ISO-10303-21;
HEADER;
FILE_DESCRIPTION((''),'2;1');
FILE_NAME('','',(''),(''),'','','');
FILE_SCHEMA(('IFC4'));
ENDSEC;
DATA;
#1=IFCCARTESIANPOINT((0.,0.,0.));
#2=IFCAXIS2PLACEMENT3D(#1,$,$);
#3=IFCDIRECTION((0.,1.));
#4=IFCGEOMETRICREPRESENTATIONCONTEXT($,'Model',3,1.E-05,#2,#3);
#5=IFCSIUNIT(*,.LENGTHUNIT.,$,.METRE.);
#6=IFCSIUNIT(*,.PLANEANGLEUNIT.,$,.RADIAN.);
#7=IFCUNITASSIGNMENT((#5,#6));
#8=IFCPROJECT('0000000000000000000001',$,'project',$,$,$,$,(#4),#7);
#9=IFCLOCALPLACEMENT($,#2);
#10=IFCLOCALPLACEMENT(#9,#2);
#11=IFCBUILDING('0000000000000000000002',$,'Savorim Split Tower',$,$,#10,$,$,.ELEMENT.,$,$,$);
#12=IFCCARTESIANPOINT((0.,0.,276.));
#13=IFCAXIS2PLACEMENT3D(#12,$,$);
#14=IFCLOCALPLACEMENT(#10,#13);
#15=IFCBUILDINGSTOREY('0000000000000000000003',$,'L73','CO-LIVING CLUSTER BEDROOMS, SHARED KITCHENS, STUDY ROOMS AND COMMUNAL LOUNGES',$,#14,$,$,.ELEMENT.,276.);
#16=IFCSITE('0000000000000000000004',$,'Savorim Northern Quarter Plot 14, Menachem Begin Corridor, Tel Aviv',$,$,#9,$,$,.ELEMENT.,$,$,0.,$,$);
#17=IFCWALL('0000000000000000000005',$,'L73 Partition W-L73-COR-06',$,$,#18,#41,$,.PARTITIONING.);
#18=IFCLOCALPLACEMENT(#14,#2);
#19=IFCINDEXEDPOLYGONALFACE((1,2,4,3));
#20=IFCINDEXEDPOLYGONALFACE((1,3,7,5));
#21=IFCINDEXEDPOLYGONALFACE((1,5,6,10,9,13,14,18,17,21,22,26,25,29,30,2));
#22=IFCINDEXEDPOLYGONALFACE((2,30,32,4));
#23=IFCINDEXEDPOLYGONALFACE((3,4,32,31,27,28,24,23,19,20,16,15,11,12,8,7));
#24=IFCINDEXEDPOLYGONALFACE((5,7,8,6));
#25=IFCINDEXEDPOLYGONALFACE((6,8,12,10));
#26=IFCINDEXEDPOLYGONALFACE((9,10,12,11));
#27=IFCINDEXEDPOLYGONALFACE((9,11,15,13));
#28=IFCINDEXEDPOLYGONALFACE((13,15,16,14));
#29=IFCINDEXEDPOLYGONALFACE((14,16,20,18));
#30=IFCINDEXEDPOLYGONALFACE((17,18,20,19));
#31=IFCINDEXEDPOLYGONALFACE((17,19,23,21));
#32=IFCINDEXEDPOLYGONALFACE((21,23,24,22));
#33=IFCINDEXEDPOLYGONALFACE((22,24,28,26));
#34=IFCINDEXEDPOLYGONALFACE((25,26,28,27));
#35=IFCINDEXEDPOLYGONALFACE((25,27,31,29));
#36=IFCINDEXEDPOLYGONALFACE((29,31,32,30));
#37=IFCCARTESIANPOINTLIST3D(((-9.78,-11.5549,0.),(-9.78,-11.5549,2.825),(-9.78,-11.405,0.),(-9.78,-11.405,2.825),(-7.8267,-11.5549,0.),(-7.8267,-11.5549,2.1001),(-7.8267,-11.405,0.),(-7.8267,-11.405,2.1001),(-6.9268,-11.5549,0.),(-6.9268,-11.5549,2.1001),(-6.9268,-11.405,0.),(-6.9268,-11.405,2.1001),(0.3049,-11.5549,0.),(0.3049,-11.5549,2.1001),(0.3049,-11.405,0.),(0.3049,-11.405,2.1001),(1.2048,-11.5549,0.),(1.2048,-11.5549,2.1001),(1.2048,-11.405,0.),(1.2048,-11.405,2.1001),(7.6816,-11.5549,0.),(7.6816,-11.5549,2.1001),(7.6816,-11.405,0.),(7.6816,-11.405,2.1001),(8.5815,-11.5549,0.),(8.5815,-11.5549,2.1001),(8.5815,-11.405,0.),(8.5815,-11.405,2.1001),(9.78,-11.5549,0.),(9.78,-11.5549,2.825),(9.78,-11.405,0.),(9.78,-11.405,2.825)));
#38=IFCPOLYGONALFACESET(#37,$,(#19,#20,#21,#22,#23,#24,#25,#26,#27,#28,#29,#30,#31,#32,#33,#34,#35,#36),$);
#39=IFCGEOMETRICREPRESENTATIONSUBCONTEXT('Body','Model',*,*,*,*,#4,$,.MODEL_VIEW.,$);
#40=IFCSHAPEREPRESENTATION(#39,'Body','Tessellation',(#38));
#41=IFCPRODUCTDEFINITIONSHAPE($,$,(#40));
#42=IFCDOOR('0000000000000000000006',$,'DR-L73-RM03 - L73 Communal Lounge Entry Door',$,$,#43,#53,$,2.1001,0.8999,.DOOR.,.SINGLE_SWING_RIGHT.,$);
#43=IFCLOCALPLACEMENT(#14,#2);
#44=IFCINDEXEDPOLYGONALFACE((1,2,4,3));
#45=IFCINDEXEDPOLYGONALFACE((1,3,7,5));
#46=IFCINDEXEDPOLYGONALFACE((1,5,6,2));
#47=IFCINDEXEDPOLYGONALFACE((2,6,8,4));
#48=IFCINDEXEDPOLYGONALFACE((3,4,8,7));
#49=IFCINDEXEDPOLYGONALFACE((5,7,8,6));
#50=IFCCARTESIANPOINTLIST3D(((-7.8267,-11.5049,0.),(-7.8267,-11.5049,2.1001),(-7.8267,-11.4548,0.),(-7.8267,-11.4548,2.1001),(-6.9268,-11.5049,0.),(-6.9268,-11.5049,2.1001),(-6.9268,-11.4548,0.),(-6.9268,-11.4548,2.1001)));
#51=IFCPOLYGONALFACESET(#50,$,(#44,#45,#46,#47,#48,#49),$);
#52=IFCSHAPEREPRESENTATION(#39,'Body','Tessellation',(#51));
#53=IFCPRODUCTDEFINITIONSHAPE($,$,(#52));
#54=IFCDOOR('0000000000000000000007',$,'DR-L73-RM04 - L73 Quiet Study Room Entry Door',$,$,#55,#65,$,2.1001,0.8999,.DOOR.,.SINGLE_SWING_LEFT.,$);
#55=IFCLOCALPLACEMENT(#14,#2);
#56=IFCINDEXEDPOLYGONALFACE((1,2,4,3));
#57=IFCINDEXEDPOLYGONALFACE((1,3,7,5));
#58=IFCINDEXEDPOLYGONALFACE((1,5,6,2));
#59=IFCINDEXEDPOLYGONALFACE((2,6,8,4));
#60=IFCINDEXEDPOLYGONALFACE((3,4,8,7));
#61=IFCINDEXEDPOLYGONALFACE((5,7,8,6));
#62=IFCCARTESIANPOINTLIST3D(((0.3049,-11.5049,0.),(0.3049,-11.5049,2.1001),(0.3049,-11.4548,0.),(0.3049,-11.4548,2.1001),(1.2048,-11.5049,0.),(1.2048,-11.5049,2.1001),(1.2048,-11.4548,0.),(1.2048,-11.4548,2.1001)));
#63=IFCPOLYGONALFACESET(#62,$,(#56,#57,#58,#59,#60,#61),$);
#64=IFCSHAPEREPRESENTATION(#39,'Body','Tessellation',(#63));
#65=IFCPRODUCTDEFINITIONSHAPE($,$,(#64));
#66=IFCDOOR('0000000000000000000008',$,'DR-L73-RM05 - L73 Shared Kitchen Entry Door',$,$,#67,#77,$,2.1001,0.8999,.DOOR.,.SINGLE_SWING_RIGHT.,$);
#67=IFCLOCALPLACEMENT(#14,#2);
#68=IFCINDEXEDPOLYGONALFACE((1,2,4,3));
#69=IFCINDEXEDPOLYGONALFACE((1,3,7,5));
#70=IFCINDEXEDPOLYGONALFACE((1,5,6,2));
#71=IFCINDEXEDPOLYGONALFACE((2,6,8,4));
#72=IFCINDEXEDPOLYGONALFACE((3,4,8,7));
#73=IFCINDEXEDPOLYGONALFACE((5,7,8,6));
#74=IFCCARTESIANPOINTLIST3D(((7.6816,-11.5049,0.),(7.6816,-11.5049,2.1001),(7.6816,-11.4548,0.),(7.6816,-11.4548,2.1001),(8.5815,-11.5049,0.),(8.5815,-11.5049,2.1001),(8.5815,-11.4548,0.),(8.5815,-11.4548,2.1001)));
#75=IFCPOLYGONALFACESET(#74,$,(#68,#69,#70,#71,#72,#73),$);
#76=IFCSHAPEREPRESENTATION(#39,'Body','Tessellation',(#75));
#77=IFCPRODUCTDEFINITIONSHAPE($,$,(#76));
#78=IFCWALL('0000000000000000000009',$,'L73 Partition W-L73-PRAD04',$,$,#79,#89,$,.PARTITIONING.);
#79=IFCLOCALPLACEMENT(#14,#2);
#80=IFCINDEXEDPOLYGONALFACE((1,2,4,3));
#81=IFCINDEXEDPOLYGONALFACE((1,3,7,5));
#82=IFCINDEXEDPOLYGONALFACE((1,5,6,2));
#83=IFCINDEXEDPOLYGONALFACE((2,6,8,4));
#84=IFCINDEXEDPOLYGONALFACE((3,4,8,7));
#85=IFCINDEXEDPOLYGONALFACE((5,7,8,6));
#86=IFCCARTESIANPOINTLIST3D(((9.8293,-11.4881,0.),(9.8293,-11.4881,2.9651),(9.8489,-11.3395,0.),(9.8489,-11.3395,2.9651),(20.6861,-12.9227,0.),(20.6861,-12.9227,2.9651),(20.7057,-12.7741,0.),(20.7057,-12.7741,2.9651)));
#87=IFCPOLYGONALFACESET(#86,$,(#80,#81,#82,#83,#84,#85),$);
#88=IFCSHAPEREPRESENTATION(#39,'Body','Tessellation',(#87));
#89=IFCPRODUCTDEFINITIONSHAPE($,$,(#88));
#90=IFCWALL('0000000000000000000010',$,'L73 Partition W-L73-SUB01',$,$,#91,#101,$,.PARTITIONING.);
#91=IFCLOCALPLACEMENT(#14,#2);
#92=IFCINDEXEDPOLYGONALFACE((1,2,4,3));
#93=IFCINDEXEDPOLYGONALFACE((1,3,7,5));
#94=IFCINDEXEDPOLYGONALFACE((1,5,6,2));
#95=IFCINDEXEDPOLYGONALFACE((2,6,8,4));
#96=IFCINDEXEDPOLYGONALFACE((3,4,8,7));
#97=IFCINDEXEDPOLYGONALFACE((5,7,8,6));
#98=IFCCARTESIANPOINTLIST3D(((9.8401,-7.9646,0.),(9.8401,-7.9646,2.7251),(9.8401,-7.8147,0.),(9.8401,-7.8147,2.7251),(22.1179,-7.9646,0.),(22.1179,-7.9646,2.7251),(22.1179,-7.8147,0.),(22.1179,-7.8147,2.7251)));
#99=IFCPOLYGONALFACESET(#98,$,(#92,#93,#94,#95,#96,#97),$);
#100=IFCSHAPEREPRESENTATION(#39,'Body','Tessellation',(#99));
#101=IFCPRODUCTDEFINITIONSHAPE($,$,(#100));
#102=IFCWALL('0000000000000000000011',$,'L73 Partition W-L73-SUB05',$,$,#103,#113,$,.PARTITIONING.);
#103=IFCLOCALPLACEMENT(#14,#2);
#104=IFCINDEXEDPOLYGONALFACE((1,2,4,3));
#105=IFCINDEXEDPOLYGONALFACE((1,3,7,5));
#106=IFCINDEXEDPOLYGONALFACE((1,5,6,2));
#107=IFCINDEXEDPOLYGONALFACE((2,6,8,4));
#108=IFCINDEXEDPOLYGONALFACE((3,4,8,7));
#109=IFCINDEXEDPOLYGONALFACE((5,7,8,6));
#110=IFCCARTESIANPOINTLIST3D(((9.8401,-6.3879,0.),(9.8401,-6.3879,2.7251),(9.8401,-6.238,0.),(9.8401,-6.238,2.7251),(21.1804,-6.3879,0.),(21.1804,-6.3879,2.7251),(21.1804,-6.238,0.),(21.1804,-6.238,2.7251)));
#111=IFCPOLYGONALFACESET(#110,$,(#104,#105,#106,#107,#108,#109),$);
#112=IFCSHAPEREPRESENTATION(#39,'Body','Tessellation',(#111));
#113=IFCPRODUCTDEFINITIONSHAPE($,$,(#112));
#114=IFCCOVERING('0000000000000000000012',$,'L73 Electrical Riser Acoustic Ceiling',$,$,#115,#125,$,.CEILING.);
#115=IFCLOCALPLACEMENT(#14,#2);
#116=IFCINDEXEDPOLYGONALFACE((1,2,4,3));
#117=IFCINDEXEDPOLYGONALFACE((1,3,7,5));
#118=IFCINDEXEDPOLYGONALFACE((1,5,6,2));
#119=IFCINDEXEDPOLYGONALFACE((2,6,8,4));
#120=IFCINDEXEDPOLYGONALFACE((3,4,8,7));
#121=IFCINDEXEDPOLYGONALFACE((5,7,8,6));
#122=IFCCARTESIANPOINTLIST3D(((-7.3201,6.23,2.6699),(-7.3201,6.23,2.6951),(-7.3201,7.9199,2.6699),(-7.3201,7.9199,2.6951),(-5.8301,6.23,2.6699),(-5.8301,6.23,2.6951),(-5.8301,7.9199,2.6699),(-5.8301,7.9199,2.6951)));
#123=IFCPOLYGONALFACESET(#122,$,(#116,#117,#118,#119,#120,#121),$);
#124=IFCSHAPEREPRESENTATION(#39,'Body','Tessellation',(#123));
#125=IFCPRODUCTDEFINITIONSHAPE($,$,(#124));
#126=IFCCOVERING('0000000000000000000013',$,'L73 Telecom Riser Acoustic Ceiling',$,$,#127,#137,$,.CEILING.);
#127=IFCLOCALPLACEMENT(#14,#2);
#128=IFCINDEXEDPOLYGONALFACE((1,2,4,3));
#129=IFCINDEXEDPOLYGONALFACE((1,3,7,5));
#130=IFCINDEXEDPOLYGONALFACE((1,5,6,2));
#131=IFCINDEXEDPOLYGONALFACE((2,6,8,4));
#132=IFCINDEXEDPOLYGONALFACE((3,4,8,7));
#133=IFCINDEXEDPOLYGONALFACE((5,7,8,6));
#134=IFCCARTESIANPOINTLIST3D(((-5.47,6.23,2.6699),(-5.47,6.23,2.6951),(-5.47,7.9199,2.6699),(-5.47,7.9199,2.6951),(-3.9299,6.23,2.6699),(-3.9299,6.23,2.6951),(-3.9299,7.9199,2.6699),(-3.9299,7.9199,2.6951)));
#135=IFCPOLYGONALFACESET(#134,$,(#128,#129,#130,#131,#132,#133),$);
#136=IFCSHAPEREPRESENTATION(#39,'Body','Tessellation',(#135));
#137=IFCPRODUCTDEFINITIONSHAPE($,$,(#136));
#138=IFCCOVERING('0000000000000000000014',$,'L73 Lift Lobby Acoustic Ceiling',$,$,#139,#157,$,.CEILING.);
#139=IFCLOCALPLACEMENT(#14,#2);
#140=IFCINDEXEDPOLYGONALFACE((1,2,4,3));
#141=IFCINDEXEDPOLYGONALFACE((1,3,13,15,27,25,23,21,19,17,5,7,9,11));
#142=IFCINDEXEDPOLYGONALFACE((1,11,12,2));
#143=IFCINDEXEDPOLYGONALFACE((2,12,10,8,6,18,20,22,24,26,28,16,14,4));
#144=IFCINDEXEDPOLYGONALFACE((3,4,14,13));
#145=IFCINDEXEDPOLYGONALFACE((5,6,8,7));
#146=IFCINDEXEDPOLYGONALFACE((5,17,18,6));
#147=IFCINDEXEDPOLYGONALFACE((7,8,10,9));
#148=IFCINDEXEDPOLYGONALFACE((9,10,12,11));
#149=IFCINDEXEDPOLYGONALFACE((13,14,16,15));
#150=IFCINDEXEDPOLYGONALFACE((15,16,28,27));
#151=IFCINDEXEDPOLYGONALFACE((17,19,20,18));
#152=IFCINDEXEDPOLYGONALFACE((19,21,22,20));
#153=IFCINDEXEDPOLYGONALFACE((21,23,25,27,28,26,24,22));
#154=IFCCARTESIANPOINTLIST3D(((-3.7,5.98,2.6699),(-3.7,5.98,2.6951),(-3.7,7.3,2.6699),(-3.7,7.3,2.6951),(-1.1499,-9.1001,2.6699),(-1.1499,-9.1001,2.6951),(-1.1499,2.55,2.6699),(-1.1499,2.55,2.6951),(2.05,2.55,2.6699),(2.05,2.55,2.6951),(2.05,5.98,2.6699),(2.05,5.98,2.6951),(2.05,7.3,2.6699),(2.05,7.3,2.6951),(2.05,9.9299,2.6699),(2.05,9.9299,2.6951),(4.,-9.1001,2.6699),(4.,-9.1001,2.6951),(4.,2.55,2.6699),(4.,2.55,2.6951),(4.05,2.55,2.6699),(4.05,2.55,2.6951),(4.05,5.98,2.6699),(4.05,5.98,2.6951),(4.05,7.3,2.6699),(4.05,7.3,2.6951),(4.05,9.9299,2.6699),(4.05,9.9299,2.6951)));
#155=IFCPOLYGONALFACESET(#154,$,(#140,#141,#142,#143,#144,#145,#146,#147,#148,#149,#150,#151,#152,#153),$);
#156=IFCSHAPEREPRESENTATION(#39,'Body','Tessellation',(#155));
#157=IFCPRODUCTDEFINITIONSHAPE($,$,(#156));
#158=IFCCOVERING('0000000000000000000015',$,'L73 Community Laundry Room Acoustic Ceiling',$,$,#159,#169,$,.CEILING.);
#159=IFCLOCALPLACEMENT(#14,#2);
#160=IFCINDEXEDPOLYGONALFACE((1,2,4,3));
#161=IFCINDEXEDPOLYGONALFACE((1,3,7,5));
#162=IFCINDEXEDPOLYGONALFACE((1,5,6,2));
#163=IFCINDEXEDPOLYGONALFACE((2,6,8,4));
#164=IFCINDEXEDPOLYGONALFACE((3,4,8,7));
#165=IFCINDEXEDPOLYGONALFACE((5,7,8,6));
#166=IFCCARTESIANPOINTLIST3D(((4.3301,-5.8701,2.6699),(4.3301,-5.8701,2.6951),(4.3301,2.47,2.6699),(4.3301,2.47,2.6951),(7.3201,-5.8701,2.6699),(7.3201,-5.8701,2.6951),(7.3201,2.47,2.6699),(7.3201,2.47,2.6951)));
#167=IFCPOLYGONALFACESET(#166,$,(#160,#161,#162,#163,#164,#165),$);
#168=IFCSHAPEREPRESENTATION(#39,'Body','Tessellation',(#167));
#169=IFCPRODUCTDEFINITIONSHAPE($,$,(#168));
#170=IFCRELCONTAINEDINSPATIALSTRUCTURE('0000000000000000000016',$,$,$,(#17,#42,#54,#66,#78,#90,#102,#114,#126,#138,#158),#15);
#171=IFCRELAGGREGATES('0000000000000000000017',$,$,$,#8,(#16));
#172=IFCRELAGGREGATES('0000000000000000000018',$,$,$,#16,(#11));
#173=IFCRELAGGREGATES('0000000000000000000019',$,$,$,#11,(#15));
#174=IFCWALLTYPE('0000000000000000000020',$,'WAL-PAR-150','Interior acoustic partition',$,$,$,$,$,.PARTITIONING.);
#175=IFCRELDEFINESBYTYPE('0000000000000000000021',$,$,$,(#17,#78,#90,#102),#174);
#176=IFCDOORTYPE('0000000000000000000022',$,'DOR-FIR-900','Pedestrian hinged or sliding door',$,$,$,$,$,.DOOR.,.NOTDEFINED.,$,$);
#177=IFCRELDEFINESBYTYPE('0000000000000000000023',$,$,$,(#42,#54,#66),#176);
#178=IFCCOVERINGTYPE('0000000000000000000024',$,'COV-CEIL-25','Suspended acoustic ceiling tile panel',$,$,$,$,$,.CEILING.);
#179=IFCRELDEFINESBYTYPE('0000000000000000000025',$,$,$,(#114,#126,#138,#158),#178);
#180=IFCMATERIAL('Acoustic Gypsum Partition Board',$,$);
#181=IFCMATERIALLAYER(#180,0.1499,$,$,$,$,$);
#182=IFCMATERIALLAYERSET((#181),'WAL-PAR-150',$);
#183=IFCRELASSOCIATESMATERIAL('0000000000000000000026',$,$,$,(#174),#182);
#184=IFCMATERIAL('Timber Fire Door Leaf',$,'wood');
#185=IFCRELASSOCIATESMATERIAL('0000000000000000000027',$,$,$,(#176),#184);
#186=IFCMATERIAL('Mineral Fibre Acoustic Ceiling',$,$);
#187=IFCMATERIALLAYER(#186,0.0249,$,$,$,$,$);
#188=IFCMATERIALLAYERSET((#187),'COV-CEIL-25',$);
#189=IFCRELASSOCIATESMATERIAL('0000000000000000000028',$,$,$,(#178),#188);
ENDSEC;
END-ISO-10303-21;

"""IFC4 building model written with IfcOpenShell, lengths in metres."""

from ifc_helpers import new_model, si_unit, direction, frame, frame_2d, origin, place, context, subcontext, project, spatial, polyline, rectangle, outline, extrude, material, layer, layer_set, type_object, element, fill, save


model = new_model("IFC4")

# Units and contexts
model_context = context("Model", 3, precision=1e-05, world=origin(), true_north=direction((0.0, 1.0)))
body_context = subcontext(model_context, "Body", "Model", "MODEL_VIEW")
ifc_project = project(units=[si_unit("LENGTHUNIT", "METRE"), si_unit("PLANEANGLEUNIT", "RADIAN")], contexts=[model_context])

# Site, building, storey
site_placement = place(None, origin())
site = spatial("IfcSite", under=ifc_project, at=site_placement, Name="Savorim Northern Quarter Plot 14, Menachem Begin Corridor, Tel Aviv", CompositionType="ELEMENT", RefElevation=0.0)
building_placement = place(site_placement, origin())
building = spatial("IfcBuilding", under=site, at=building_placement, Name="Savorim Split Tower", CompositionType="ELEMENT")
storey_placement = place(building_placement, frame((0.0, 0.0, 276.0)))
storey = spatial("IfcBuildingStorey", under=building, at=storey_placement, Name="L73", Description="CO-LIVING CLUSTER BEDROOMS, SHARED KITCHENS, STUDY ROOMS AND COMMUNAL LOUNGES", CompositionType="ELEMENT", Elevation=276.0)

# Shared definitions
ifc_material_1 = material(Name="Timber Fire Door Leaf", Category="wood")

# Shared definitions
ifc_material_2 = material(Name="Acoustic Gypsum Partition Board")
ifc_layer_1 = layer(ifc_material_2, 0.1499)
ifc_layer_set_1 = layer_set([ifc_layer_1], Name="WAL-PAR-150")
wall_type_1 = type_object("IfcWallType", Name="WAL-PAR-150", Description="Interior acoustic partition", PredefinedType="PARTITIONING", material=ifc_layer_set_1)
door_type_1 = type_object("IfcDoorType", Name="DOR-FIR-900", Description="Pedestrian hinged or sliding door", OperationType="NOTDEFINED", PredefinedType="DOOR", material=ifc_material_1)

# Wall, openings, doors
wall_1_placement = place(storey_placement, frame((9.78, -11.48, 0.0), z_axis=(0.0, 0.0, 1.0), x_axis=(-1.0, 0.0, 0.0)))
wall_1 = element("IfcWall", 1, at=wall_1_placement, inside=storey, type_object=wall_type_1, Name="L73 Partition W-L73-COR-06", PredefinedType="PARTITIONING", context=body_context, shape_type="SweptSolid", body=[
    extrude(rectangle(XDim=19.5601, YDim=0.1499, at=frame_2d((9.78, 0.0))), origin(), (0.0, 0.0, 1.0), 2.825),
])
opening_1_placement = place(wall_1_placement, frame((16.7068, 0.0, 0.0)))
opening_1 = element("IfcOpeningElement", 2, at=opening_1_placement, cuts=wall_1, PredefinedType="OPENING", context=body_context, shape_type="SweptSolid", body=[
    extrude(rectangle(XDim=0.8999, YDim=2.1001, at=frame_2d((0.45, 1.05))), frame((0.0, 0.085, 0.0), z_axis=(0.0, -1.0, 0.0), x_axis=(1.0, 0.0, 0.0)), (0.0, 0.0, 1.0), 0.1699),
])
opening_2_placement = place(wall_1_placement, frame((8.5752, 0.0, 0.0)))
opening_2 = element("IfcOpeningElement", 3, at=opening_2_placement, cuts=wall_1, PredefinedType="OPENING", context=body_context, shape_type="SweptSolid", body=[
    extrude(rectangle(XDim=0.8999, YDim=2.1001, at=frame_2d((0.45, 1.05))), frame((0.0, 0.085, 0.0), z_axis=(0.0, -1.0, 0.0), x_axis=(1.0, 0.0, 0.0)), (0.0, 0.0, 1.0), 0.1699),
])
opening_3_placement = place(wall_1_placement, frame((1.1985, 0.0, 0.0)))
opening_3 = element("IfcOpeningElement", 4, at=opening_3_placement, cuts=wall_1, PredefinedType="OPENING", context=body_context, shape_type="SweptSolid", body=[
    extrude(rectangle(XDim=0.8999, YDim=2.1001, at=frame_2d((0.45, 1.05))), frame((0.0, 0.085, 0.0), z_axis=(0.0, -1.0, 0.0), x_axis=(1.0, 0.0, 0.0)), (0.0, 0.0, 1.0), 0.1699),
])
door_1_placement = place(opening_1_placement, origin())
door_1 = element("IfcDoor", 5, at=door_1_placement, inside=storey, type_object=door_type_1, Name="DR-L73-RM03 - L73 Communal Lounge Entry Door", OperationType="SINGLE_SWING_RIGHT", OverallHeight=2.1001, OverallWidth=0.8999, PredefinedType="DOOR", context=body_context, shape_type="SweptSolid", body=[
    extrude(rectangle(XDim=0.8999, YDim=2.1001, at=frame_2d((0.45, 1.05))), frame((0.0, 0.0249, 0.0), z_axis=(0.0, -1.0, 0.0), x_axis=(1.0, 0.0, 0.0)), (0.0, 0.0, 1.0), 0.05),
])
fill(opening_1, door_1)
door_2_placement = place(opening_2_placement, origin())
door_2 = element("IfcDoor", 6, at=door_2_placement, inside=storey, type_object=door_type_1, Name="DR-L73-RM04 - L73 Quiet Study Room Entry Door", OperationType="SINGLE_SWING_LEFT", OverallHeight=2.1001, OverallWidth=0.8999, PredefinedType="DOOR", context=body_context, shape_type="SweptSolid", body=[
    extrude(rectangle(XDim=0.8999, YDim=2.1001, at=frame_2d((0.45, 1.05))), frame((0.0, 0.0249, 0.0), z_axis=(0.0, -1.0, 0.0), x_axis=(1.0, 0.0, 0.0)), (0.0, 0.0, 1.0), 0.05),
])
fill(opening_2, door_2)
door_3_placement = place(opening_3_placement, origin())
door_3 = element("IfcDoor", 7, at=door_3_placement, inside=storey, type_object=door_type_1, Name="DR-L73-RM05 - L73 Shared Kitchen Entry Door", OperationType="SINGLE_SWING_RIGHT", OverallHeight=2.1001, OverallWidth=0.8999, PredefinedType="DOOR", context=body_context, shape_type="SweptSolid", body=[
    extrude(rectangle(XDim=0.8999, YDim=2.1001, at=frame_2d((0.45, 1.05))), frame((0.0, 0.0249, 0.0), z_axis=(0.0, -1.0, 0.0), x_axis=(1.0, 0.0, 0.0)), (0.0, 0.0, 1.0), 0.05),
])
fill(opening_3, door_3)

# Walls
wall_2_placement = place(storey_placement, frame((9.8391, -11.4138, 0.0), z_axis=(0.0, 0.0, 1.0), x_axis=(0.991383, -0.130998, 0.0)))
element("IfcWall", 8, at=wall_2_placement, inside=storey, type_object=wall_type_1, Name="L73 Partition W-L73-PRAD04", PredefinedType="PARTITIONING", context=body_context, shape_type="SweptSolid", body=[
    extrude(rectangle(XDim=10.9512, YDim=0.1499, at=frame_2d((5.4756, 0.0))), origin(), (0.0, 0.0, 1.0), 2.9651),
])
wall_3_placement = place(storey_placement, frame((9.8401, -7.8896, 0.0), z_axis=(0.0, 0.0, 1.0), x_axis=(1.0, 0.0, 0.0)))
element("IfcWall", 9, at=wall_3_placement, inside=storey, type_object=wall_type_1, Name="L73 Partition W-L73-SUB01", PredefinedType="PARTITIONING", context=body_context, shape_type="SweptSolid", body=[
    extrude(rectangle(XDim=12.2778, YDim=0.1499, at=frame_2d((6.1389, 0.0))), origin(), (0.0, 0.0, 1.0), 2.7251),
])
wall_4_placement = place(storey_placement, frame((9.8401, -6.313, 0.0), z_axis=(0.0, 0.0, 1.0), x_axis=(1.0, 0.0, 0.0)))
element("IfcWall", 10, at=wall_4_placement, inside=storey, type_object=wall_type_1, Name="L73 Partition W-L73-SUB05", PredefinedType="PARTITIONING", context=body_context, shape_type="SweptSolid", body=[
    extrude(rectangle(XDim=11.3403, YDim=0.1499, at=frame_2d((5.6702, 0.0))), origin(), (0.0, 0.0, 1.0), 2.7251),
])

# Coverings
ifc_material_3 = material(Name="Mineral Fibre Acoustic Ceiling")
ifc_layer_2 = layer(ifc_material_3, 0.0249)
ifc_layer_set_2 = layer_set([ifc_layer_2], Name="COV-CEIL-25")
covering_type_1 = type_object("IfcCoveringType", Name="COV-CEIL-25", Description="Suspended acoustic ceiling tile panel", PredefinedType="CEILING", material=ifc_layer_set_2)
covering_1_placement = place(storey_placement, frame((0.0, 0.0, 2.6699)))
element("IfcCovering", 11, at=covering_1_placement, inside=storey, type_object=covering_type_1, Name="L73 Electrical Riser Acoustic Ceiling", PredefinedType="CEILING", context=body_context, shape_type="SweptSolid", body=[
    extrude(outline(polyline([(-7.3201, 7.9199), (-7.3201, 6.23), (-5.8301, 6.23), (-5.8301, 7.9199), (-7.3201, 7.9199)])), origin(), (0.0, 0.0, 1.0), 0.0251),
])
covering_2_placement = place(storey_placement, frame((0.0, 0.0, 2.6699)))
element("IfcCovering", 12, at=covering_2_placement, inside=storey, type_object=covering_type_1, Name="L73 Telecom Riser Acoustic Ceiling", PredefinedType="CEILING", context=body_context, shape_type="SweptSolid", body=[
    extrude(outline(polyline([(-5.47, 7.9199), (-5.47, 6.23), (-3.9299, 6.23), (-3.9299, 7.9199), (-5.47, 7.9199)])), origin(), (0.0, 0.0, 1.0), 0.0251),
])
covering_3_placement = place(storey_placement, frame((0.0, 0.0, 2.6699)))
element("IfcCovering", 13, at=covering_3_placement, inside=storey, type_object=covering_type_1, Name="L73 Lift Lobby Acoustic Ceiling", PredefinedType="CEILING", context=body_context, shape_type="SweptSolid", body=[
    extrude(outline(polyline([(2.05, 2.55), (-1.1499, 2.55), (-1.1499, -9.1001), (4.0, -9.1001), (4.0, 2.55), (4.05, 2.55), (4.05, 5.98), (4.05, 7.3), (4.05, 9.9299), (2.05, 9.9299), (2.05, 7.3), (-3.7, 7.3), (-3.7, 5.98), (2.05, 5.98), (2.05, 2.55)])), origin(), (0.0, 0.0, 1.0), 0.0251),
])
covering_4_placement = place(storey_placement, frame((0.0, 0.0, 2.6699)))
element("IfcCovering", 14, at=covering_4_placement, inside=storey, type_object=covering_type_1, Name="L73 Community Laundry Room Acoustic Ceiling", PredefinedType="CEILING", context=body_context, shape_type="SweptSolid", body=[
    extrude(outline(polyline([(4.3301, 2.47), (4.3301, -5.8701), (7.3201, -5.8701), (7.3201, 2.47), (4.3301, 2.47)])), origin(), (0.0, 0.0, 1.0), 0.0251),
])

save(model, "model.ifc")
